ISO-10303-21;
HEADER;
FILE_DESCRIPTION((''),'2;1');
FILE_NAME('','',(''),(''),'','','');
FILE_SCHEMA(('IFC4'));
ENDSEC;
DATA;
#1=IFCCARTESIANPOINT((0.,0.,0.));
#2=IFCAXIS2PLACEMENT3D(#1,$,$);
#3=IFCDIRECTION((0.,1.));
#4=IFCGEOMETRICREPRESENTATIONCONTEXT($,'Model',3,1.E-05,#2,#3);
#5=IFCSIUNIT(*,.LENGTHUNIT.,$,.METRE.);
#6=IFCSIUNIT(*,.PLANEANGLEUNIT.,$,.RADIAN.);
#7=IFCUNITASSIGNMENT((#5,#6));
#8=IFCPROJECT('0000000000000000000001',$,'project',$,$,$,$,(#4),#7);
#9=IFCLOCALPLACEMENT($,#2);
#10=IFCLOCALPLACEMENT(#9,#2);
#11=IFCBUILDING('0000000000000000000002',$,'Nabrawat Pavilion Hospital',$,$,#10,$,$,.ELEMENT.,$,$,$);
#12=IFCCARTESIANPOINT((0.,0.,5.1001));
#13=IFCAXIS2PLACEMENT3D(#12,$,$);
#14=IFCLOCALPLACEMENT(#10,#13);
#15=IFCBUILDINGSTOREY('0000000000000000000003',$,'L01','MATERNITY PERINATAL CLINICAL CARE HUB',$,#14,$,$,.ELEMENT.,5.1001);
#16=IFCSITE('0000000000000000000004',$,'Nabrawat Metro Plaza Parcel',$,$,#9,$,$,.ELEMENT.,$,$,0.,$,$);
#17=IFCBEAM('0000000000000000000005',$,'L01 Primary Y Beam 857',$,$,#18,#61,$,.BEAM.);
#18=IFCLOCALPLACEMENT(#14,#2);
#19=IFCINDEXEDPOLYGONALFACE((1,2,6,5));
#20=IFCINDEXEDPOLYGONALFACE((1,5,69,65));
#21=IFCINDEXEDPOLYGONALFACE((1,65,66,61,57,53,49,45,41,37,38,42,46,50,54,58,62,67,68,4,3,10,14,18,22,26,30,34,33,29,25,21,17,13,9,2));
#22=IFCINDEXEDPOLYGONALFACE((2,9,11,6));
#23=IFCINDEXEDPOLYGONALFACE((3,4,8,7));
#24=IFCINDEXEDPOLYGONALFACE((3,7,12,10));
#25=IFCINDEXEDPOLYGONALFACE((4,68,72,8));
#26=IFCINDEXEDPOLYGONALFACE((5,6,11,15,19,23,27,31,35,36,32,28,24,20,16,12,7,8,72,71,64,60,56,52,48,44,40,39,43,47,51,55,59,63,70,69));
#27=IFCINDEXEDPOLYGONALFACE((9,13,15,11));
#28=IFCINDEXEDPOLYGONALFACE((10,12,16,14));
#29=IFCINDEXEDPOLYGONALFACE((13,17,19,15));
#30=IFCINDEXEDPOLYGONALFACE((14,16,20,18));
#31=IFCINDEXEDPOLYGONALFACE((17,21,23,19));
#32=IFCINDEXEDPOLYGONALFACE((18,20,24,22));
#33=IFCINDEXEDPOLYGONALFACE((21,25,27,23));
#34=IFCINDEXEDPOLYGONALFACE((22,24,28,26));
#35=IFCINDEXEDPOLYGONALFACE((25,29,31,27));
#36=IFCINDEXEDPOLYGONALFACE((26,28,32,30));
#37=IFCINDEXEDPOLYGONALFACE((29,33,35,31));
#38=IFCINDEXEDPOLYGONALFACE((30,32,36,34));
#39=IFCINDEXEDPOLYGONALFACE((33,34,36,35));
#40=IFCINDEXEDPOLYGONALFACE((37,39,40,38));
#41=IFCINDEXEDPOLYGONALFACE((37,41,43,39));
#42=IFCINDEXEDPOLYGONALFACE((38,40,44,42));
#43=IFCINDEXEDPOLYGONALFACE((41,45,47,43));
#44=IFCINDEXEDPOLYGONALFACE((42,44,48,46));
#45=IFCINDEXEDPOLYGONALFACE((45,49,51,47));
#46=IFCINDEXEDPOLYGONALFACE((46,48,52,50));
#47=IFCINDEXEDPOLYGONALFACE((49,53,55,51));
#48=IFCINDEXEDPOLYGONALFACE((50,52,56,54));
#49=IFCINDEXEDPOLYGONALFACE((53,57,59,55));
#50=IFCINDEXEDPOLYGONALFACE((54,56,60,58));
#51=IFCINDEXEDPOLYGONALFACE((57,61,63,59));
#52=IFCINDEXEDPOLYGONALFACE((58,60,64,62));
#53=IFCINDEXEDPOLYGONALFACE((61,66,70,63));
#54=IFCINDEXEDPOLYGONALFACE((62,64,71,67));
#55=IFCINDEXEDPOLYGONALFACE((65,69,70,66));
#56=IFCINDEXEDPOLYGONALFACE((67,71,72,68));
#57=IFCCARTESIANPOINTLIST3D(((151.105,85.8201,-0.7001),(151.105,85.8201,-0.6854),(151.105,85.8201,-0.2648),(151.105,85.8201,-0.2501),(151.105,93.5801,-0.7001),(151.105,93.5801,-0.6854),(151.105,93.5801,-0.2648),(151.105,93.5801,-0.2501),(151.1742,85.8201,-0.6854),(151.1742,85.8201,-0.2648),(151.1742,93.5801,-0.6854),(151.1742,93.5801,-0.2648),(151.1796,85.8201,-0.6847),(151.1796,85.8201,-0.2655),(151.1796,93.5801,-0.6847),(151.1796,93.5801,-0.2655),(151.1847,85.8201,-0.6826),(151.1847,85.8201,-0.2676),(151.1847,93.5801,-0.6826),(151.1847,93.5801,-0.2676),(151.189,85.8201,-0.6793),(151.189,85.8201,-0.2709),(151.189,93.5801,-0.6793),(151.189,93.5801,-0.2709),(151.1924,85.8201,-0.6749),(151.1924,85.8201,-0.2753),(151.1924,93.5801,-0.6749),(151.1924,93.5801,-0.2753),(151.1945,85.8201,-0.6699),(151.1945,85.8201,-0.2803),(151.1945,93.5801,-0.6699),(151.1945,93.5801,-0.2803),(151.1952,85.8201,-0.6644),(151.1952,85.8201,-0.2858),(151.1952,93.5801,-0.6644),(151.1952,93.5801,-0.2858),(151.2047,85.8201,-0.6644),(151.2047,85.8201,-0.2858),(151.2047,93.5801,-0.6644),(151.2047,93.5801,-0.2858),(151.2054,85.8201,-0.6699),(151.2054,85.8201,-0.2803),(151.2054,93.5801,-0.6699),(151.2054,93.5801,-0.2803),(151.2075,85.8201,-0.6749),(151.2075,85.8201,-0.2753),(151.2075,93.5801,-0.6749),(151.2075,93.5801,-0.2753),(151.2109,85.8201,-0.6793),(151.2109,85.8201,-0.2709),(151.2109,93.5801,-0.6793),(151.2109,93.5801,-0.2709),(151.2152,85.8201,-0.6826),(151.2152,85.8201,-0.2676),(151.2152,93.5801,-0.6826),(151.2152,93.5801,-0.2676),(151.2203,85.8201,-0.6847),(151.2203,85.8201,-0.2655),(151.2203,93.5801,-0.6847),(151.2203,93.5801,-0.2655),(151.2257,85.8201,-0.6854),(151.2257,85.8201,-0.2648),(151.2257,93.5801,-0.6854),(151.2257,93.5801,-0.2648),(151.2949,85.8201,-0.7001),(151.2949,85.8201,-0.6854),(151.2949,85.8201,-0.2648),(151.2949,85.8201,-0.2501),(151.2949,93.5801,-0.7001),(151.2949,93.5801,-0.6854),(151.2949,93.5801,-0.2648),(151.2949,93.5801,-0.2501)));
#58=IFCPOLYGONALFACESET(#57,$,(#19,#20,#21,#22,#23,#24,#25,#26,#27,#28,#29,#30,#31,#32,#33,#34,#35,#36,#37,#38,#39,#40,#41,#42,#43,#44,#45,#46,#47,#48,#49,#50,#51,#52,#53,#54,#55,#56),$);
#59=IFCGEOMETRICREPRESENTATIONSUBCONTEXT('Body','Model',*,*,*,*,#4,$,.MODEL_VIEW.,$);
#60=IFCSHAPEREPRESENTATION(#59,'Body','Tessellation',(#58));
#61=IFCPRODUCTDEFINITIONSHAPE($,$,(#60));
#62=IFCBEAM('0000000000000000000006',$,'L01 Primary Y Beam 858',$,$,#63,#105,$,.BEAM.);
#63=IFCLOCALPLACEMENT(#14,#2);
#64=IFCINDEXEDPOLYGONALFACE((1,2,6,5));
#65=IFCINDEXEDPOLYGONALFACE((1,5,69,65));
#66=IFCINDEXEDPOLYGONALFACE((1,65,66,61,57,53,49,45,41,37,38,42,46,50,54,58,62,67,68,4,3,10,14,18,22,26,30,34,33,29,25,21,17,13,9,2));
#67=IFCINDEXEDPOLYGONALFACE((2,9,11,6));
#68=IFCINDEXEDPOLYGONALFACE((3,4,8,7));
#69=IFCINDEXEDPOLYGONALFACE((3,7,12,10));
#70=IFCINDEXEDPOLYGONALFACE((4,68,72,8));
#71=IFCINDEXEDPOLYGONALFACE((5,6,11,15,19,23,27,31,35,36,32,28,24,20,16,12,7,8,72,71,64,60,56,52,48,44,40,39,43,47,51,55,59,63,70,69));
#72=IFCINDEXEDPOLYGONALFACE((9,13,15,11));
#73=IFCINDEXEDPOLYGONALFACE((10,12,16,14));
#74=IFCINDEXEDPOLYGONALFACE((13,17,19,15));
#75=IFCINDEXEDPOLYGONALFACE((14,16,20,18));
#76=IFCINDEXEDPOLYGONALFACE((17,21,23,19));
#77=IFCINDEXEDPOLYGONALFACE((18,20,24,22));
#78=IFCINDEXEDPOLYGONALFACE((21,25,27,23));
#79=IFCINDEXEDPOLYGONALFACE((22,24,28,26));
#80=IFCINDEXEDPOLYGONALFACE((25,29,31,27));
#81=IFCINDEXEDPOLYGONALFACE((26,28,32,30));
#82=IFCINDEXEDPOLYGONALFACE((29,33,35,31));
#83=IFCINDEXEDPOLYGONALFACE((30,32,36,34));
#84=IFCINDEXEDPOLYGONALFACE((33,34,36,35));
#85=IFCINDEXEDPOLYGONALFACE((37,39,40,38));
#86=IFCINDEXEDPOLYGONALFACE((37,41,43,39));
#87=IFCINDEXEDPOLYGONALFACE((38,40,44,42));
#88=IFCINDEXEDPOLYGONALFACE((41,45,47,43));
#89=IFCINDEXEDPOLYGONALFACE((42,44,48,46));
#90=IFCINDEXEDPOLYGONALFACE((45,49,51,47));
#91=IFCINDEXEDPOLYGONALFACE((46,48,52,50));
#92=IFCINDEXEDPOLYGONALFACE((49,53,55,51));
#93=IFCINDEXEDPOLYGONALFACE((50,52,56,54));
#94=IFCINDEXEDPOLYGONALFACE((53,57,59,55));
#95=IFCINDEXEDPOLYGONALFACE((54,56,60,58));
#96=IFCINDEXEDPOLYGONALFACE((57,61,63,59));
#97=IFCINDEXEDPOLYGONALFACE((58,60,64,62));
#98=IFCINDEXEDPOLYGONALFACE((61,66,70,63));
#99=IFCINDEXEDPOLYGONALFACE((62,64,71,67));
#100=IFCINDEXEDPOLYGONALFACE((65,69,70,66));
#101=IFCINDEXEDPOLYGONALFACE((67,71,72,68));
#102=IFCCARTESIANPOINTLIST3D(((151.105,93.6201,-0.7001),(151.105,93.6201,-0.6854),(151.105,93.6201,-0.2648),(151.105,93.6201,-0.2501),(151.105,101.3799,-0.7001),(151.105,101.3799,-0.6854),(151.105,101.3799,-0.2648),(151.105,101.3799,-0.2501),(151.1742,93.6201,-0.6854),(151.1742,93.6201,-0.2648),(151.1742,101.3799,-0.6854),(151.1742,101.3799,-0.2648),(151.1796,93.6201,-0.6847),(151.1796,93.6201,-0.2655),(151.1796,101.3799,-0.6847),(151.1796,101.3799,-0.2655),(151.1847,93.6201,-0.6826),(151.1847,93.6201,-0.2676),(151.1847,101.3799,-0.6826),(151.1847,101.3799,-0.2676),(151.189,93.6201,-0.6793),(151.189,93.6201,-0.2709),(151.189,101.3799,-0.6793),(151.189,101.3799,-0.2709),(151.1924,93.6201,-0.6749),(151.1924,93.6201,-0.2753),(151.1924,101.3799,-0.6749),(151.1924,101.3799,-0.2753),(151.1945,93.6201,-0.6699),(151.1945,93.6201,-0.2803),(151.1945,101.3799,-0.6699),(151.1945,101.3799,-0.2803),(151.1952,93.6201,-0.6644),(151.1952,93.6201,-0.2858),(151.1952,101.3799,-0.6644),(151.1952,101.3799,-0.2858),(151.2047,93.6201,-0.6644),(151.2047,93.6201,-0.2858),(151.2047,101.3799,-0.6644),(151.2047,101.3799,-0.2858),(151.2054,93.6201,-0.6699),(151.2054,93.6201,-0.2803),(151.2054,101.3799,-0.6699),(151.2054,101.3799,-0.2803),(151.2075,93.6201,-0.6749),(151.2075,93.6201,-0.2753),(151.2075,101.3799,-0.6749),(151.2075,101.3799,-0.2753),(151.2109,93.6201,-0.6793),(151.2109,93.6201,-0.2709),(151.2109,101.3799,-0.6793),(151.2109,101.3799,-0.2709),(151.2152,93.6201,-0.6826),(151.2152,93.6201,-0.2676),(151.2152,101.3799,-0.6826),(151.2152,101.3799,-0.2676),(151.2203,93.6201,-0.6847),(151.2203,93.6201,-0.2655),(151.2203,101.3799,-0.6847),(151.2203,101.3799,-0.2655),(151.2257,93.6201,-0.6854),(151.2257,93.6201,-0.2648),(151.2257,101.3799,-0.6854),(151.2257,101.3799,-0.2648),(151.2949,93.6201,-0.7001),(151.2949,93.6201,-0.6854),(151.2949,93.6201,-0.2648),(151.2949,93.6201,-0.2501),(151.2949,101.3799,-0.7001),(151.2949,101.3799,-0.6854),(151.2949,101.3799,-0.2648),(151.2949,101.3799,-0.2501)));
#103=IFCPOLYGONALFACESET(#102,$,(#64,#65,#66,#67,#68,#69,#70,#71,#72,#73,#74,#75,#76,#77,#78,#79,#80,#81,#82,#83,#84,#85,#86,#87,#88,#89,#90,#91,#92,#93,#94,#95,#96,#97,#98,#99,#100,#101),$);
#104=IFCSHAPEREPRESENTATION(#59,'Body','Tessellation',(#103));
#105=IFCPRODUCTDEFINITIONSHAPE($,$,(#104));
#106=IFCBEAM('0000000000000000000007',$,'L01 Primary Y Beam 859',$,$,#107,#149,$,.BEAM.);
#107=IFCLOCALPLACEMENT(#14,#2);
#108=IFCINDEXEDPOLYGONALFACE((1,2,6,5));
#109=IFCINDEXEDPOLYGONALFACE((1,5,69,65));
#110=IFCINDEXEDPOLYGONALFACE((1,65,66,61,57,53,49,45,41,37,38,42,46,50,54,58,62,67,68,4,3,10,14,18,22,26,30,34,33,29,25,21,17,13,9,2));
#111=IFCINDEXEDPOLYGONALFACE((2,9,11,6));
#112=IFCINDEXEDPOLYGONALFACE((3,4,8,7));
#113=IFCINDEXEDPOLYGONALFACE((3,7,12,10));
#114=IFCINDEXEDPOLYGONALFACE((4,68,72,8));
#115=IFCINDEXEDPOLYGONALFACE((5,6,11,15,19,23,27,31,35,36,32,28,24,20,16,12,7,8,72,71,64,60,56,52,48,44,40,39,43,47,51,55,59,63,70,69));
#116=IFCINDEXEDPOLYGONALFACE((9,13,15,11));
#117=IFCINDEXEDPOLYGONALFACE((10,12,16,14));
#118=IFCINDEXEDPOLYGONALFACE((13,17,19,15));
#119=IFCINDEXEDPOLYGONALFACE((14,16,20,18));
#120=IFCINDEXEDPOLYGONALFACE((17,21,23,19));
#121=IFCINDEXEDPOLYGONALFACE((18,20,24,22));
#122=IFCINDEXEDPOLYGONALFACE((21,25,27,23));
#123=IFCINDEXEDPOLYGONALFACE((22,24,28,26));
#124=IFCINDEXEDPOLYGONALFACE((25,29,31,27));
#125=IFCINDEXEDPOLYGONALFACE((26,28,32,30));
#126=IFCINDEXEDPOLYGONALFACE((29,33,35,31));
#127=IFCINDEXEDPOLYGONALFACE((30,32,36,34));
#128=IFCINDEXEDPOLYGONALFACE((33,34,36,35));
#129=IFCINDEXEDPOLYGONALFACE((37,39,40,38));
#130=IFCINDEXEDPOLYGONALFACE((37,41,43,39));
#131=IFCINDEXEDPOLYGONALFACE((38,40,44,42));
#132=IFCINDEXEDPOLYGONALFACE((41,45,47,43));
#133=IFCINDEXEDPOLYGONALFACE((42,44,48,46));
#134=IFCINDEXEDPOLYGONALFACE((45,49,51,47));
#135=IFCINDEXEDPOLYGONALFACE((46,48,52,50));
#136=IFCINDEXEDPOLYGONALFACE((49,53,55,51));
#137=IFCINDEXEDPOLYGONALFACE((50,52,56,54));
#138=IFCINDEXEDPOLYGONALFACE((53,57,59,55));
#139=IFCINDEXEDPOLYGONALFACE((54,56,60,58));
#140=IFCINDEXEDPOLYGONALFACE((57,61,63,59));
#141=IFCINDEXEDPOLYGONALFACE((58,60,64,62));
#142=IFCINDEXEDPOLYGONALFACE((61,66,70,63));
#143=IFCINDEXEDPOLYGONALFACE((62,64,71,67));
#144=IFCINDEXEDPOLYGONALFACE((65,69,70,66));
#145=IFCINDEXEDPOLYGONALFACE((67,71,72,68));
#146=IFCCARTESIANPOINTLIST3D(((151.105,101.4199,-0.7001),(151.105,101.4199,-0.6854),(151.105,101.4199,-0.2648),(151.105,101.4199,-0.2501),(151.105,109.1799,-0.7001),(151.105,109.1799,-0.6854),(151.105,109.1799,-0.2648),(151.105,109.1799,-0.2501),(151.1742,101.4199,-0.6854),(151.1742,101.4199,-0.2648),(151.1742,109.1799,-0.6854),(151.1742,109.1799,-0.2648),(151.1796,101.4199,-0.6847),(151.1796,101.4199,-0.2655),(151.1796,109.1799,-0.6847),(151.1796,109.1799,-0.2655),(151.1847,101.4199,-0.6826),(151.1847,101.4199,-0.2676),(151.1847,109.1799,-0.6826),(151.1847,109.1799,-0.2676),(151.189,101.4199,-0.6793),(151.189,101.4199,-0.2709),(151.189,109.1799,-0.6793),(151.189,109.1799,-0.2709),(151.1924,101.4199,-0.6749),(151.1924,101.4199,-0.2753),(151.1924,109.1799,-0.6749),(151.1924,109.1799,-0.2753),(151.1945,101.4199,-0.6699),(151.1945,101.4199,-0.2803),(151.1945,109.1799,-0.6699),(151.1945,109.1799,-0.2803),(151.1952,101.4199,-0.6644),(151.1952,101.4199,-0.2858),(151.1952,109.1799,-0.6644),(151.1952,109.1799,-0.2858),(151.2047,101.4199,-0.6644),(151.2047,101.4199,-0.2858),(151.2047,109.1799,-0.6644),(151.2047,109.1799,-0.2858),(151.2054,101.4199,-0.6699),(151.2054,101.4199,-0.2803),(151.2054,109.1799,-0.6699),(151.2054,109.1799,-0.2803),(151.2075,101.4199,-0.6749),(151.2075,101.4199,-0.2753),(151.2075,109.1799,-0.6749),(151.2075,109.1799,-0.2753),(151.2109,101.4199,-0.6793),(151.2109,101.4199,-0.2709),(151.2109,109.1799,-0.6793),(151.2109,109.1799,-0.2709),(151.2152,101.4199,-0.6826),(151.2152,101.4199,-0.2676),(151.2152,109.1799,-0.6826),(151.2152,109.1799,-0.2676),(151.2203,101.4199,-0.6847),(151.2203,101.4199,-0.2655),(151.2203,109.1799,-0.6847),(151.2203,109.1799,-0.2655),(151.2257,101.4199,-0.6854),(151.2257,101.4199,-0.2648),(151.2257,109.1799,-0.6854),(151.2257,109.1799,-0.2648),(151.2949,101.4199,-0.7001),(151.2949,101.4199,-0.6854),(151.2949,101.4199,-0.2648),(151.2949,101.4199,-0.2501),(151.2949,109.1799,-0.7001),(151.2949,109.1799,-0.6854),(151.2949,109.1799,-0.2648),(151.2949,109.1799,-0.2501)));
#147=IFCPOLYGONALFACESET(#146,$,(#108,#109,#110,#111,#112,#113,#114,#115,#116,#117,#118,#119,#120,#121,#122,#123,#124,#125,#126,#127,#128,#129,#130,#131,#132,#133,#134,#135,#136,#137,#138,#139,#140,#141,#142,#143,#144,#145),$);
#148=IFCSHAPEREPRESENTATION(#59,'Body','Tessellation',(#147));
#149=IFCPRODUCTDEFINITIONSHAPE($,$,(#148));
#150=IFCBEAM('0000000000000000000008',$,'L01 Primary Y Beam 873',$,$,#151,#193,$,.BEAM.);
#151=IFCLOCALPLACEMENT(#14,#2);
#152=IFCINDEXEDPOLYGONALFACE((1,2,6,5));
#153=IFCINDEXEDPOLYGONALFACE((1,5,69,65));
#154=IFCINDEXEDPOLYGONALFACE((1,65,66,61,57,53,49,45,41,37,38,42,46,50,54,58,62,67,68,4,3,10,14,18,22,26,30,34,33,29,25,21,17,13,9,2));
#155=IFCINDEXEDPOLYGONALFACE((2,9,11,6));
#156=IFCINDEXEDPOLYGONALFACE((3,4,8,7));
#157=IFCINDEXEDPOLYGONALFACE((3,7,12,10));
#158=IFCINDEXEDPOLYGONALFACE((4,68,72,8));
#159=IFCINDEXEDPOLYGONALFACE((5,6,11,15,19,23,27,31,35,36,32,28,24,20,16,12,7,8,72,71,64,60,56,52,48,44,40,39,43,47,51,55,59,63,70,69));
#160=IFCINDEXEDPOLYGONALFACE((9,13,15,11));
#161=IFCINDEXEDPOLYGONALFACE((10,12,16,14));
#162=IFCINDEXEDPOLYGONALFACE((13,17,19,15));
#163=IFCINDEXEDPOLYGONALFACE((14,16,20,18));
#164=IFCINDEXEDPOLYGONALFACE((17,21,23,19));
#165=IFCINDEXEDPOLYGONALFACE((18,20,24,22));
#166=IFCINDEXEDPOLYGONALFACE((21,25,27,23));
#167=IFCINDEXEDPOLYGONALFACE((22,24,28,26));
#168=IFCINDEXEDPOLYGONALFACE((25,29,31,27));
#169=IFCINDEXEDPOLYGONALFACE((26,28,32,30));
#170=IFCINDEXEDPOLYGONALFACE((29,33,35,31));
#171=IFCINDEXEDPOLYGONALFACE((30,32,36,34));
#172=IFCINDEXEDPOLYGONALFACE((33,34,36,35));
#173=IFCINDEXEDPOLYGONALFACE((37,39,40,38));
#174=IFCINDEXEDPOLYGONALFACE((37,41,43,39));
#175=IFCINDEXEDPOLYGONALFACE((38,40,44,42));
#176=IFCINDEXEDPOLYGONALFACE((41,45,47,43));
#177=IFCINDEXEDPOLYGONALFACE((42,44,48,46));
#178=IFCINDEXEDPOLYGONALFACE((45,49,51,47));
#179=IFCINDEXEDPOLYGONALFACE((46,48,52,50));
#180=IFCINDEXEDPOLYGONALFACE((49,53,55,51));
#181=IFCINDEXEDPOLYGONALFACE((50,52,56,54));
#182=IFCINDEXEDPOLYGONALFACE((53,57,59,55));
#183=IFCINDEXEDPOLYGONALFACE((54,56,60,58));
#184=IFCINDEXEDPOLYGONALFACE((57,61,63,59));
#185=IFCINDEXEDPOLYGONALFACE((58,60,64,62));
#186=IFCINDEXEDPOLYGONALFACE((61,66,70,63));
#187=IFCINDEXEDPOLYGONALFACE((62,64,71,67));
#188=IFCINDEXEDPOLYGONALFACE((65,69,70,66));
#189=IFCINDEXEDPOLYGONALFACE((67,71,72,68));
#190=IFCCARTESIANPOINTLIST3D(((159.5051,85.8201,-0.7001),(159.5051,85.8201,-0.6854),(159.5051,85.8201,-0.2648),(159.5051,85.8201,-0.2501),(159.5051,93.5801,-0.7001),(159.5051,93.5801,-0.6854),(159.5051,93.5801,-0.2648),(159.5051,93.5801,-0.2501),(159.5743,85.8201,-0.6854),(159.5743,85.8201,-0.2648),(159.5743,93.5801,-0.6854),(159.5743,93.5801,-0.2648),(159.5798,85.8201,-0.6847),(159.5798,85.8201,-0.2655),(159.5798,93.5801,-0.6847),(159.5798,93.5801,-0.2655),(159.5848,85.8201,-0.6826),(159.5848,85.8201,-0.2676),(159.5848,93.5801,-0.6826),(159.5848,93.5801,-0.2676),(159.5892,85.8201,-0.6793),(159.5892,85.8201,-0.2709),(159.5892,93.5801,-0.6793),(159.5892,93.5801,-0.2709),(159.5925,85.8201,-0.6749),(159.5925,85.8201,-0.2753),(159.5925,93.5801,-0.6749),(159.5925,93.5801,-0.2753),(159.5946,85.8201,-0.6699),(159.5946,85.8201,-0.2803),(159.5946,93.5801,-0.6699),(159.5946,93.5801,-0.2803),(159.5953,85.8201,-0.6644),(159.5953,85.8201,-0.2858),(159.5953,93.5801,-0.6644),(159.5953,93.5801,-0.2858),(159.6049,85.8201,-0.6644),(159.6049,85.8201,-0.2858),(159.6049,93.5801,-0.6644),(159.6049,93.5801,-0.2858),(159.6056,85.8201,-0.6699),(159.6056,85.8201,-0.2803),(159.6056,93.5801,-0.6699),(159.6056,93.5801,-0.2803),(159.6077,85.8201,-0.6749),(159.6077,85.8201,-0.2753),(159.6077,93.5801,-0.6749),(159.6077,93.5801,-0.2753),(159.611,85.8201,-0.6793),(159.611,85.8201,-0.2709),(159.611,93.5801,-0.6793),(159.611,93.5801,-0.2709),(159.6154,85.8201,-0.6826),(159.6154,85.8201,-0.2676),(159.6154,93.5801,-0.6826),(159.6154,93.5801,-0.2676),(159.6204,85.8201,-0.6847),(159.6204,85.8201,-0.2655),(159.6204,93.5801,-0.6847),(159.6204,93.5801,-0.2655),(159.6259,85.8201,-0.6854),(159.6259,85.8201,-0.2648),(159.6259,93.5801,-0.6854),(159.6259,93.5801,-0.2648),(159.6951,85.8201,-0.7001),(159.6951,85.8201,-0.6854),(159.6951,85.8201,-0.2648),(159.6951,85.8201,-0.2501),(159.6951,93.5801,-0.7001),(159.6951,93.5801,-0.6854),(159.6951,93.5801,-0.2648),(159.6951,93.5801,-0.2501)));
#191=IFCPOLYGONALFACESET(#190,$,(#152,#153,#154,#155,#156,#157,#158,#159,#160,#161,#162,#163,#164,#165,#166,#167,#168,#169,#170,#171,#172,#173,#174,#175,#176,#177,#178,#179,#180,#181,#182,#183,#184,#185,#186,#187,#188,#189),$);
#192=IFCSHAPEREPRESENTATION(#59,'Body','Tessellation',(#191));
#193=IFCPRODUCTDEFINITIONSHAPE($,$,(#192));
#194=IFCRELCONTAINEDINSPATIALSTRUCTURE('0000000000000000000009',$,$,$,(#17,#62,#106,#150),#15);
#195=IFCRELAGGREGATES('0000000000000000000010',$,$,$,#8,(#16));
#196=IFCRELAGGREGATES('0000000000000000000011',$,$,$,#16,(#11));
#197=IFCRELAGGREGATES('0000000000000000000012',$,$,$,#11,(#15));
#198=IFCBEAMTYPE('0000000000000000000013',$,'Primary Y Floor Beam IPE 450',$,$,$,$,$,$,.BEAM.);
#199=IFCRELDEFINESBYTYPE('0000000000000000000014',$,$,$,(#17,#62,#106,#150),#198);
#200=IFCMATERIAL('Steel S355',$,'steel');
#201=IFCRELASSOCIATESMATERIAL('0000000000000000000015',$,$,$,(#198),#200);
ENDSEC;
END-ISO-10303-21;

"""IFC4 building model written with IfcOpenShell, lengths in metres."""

from ifc_helpers import new_model, si_unit, direction, frame, origin, origin_2d, place, context, subcontext, project, spatial, i_section, extrude, material, material_profile, profile_set, type_object, element, save


model = new_model("IFC4")

# Units and contexts
model_context = context("Model", 3, precision=1e-05, world=origin(), true_north=direction((0.0, 1.0)))
body_context = subcontext(model_context, "Body", "Model", "MODEL_VIEW")
ifc_project = project(units=[si_unit("LENGTHUNIT", "METRE"), si_unit("PLANEANGLEUNIT", "RADIAN")], contexts=[model_context])

# Site, building, storey
site_placement = place(None, origin())
site = spatial("IfcSite", under=ifc_project, at=site_placement, Name="Nabrawat Metro Plaza Parcel", CompositionType="ELEMENT", RefElevation=0.0)
building_placement = place(site_placement, origin())
building = spatial("IfcBuilding", under=site, at=building_placement, Name="Nabrawat Pavilion Hospital", CompositionType="ELEMENT")
storey_placement = place(building_placement, frame((0.0, 0.0, 5.1001)))
storey = spatial("IfcBuildingStorey", under=building, at=storey_placement, Name="L01", Description="MATERNITY PERINATAL CLINICAL CARE HUB", CompositionType="ELEMENT", Elevation=5.1001)

# Shared definitions
ifc_material_1 = material(Name="Steel S355", Category="steel")

# Beams
ifc_material_profile_1 = material_profile(ifc_material_1, i_section(OverallWidth=0.1899, OverallDepth=0.45, WebThickness=0.0095, FlangeThickness=0.0146, FilletRadius=0.021, at=origin_2d()), Name="IPE 450")
ifc_profile_set_1 = profile_set([ifc_material_profile_1], Name="Steel S355")
beam_type_1 = type_object("IfcBeamType", Name="Primary Y Floor Beam IPE 450", PredefinedType="BEAM", material=ifc_profile_set_1)
for number, where, z_axis, x_axis, name in (
    (1, (151.2, 85.8201, -0.4751), (0.0, 1.0, 0.0), (-1.0, 0.0, 0.0), "L01 Primary Y Beam 857"),
):
    element("IfcBeam", number, at=place(storey_placement, frame(where, z_axis=z_axis, x_axis=x_axis)), inside=storey, type_object=beam_type_1, Name=name, PredefinedType="BEAM", context=body_context, shape_type="SweptSolid", body=[
        extrude(i_section(OverallWidth=0.1899, OverallDepth=0.45, WebThickness=0.0095, FlangeThickness=0.0146, FilletRadius=0.021, at=origin_2d()), origin(), (0.0, 0.0, 1.0), 7.76),
    ])
beam_1_placement = place(storey_placement, frame((151.2, 93.6201, -0.4751), z_axis=(0.0, 1.0, 0.0), x_axis=(-1.0, 0.0, 0.0)))
element("IfcBeam", 2, at=beam_1_placement, inside=storey, type_object=beam_type_1, Name="L01 Primary Y Beam 858", PredefinedType="BEAM", context=body_context, shape_type="SweptSolid", body=[
    extrude(i_section(OverallWidth=0.1899, OverallDepth=0.45, WebThickness=0.0095, FlangeThickness=0.0146, FilletRadius=0.021, at=origin_2d()), origin(), (0.0, 0.0, 1.0), 7.7598),
])
for number, where, z_axis, x_axis, name in (
    (3, (151.2, 101.4199, -0.4751), (0.0, 1.0, 0.0), (-1.0, 0.0, 0.0), "L01 Primary Y Beam 859"),
    (4, (159.6001, 85.8201, -0.4751), (0.0, 1.0, 0.0), (-1.0, 0.0, 0.0), "L01 Primary Y Beam 873"),
):
    element("IfcBeam", number, at=place(storey_placement, frame(where, z_axis=z_axis, x_axis=x_axis)), inside=storey, type_object=beam_type_1, Name=name, PredefinedType="BEAM", context=body_context, shape_type="SweptSolid", body=[
        extrude(i_section(OverallWidth=0.1899, OverallDepth=0.45, WebThickness=0.0095, FlangeThickness=0.0146, FilletRadius=0.021, at=origin_2d()), origin(), (0.0, 0.0, 1.0), 7.76),
    ])

save(model, "model.ifc")
